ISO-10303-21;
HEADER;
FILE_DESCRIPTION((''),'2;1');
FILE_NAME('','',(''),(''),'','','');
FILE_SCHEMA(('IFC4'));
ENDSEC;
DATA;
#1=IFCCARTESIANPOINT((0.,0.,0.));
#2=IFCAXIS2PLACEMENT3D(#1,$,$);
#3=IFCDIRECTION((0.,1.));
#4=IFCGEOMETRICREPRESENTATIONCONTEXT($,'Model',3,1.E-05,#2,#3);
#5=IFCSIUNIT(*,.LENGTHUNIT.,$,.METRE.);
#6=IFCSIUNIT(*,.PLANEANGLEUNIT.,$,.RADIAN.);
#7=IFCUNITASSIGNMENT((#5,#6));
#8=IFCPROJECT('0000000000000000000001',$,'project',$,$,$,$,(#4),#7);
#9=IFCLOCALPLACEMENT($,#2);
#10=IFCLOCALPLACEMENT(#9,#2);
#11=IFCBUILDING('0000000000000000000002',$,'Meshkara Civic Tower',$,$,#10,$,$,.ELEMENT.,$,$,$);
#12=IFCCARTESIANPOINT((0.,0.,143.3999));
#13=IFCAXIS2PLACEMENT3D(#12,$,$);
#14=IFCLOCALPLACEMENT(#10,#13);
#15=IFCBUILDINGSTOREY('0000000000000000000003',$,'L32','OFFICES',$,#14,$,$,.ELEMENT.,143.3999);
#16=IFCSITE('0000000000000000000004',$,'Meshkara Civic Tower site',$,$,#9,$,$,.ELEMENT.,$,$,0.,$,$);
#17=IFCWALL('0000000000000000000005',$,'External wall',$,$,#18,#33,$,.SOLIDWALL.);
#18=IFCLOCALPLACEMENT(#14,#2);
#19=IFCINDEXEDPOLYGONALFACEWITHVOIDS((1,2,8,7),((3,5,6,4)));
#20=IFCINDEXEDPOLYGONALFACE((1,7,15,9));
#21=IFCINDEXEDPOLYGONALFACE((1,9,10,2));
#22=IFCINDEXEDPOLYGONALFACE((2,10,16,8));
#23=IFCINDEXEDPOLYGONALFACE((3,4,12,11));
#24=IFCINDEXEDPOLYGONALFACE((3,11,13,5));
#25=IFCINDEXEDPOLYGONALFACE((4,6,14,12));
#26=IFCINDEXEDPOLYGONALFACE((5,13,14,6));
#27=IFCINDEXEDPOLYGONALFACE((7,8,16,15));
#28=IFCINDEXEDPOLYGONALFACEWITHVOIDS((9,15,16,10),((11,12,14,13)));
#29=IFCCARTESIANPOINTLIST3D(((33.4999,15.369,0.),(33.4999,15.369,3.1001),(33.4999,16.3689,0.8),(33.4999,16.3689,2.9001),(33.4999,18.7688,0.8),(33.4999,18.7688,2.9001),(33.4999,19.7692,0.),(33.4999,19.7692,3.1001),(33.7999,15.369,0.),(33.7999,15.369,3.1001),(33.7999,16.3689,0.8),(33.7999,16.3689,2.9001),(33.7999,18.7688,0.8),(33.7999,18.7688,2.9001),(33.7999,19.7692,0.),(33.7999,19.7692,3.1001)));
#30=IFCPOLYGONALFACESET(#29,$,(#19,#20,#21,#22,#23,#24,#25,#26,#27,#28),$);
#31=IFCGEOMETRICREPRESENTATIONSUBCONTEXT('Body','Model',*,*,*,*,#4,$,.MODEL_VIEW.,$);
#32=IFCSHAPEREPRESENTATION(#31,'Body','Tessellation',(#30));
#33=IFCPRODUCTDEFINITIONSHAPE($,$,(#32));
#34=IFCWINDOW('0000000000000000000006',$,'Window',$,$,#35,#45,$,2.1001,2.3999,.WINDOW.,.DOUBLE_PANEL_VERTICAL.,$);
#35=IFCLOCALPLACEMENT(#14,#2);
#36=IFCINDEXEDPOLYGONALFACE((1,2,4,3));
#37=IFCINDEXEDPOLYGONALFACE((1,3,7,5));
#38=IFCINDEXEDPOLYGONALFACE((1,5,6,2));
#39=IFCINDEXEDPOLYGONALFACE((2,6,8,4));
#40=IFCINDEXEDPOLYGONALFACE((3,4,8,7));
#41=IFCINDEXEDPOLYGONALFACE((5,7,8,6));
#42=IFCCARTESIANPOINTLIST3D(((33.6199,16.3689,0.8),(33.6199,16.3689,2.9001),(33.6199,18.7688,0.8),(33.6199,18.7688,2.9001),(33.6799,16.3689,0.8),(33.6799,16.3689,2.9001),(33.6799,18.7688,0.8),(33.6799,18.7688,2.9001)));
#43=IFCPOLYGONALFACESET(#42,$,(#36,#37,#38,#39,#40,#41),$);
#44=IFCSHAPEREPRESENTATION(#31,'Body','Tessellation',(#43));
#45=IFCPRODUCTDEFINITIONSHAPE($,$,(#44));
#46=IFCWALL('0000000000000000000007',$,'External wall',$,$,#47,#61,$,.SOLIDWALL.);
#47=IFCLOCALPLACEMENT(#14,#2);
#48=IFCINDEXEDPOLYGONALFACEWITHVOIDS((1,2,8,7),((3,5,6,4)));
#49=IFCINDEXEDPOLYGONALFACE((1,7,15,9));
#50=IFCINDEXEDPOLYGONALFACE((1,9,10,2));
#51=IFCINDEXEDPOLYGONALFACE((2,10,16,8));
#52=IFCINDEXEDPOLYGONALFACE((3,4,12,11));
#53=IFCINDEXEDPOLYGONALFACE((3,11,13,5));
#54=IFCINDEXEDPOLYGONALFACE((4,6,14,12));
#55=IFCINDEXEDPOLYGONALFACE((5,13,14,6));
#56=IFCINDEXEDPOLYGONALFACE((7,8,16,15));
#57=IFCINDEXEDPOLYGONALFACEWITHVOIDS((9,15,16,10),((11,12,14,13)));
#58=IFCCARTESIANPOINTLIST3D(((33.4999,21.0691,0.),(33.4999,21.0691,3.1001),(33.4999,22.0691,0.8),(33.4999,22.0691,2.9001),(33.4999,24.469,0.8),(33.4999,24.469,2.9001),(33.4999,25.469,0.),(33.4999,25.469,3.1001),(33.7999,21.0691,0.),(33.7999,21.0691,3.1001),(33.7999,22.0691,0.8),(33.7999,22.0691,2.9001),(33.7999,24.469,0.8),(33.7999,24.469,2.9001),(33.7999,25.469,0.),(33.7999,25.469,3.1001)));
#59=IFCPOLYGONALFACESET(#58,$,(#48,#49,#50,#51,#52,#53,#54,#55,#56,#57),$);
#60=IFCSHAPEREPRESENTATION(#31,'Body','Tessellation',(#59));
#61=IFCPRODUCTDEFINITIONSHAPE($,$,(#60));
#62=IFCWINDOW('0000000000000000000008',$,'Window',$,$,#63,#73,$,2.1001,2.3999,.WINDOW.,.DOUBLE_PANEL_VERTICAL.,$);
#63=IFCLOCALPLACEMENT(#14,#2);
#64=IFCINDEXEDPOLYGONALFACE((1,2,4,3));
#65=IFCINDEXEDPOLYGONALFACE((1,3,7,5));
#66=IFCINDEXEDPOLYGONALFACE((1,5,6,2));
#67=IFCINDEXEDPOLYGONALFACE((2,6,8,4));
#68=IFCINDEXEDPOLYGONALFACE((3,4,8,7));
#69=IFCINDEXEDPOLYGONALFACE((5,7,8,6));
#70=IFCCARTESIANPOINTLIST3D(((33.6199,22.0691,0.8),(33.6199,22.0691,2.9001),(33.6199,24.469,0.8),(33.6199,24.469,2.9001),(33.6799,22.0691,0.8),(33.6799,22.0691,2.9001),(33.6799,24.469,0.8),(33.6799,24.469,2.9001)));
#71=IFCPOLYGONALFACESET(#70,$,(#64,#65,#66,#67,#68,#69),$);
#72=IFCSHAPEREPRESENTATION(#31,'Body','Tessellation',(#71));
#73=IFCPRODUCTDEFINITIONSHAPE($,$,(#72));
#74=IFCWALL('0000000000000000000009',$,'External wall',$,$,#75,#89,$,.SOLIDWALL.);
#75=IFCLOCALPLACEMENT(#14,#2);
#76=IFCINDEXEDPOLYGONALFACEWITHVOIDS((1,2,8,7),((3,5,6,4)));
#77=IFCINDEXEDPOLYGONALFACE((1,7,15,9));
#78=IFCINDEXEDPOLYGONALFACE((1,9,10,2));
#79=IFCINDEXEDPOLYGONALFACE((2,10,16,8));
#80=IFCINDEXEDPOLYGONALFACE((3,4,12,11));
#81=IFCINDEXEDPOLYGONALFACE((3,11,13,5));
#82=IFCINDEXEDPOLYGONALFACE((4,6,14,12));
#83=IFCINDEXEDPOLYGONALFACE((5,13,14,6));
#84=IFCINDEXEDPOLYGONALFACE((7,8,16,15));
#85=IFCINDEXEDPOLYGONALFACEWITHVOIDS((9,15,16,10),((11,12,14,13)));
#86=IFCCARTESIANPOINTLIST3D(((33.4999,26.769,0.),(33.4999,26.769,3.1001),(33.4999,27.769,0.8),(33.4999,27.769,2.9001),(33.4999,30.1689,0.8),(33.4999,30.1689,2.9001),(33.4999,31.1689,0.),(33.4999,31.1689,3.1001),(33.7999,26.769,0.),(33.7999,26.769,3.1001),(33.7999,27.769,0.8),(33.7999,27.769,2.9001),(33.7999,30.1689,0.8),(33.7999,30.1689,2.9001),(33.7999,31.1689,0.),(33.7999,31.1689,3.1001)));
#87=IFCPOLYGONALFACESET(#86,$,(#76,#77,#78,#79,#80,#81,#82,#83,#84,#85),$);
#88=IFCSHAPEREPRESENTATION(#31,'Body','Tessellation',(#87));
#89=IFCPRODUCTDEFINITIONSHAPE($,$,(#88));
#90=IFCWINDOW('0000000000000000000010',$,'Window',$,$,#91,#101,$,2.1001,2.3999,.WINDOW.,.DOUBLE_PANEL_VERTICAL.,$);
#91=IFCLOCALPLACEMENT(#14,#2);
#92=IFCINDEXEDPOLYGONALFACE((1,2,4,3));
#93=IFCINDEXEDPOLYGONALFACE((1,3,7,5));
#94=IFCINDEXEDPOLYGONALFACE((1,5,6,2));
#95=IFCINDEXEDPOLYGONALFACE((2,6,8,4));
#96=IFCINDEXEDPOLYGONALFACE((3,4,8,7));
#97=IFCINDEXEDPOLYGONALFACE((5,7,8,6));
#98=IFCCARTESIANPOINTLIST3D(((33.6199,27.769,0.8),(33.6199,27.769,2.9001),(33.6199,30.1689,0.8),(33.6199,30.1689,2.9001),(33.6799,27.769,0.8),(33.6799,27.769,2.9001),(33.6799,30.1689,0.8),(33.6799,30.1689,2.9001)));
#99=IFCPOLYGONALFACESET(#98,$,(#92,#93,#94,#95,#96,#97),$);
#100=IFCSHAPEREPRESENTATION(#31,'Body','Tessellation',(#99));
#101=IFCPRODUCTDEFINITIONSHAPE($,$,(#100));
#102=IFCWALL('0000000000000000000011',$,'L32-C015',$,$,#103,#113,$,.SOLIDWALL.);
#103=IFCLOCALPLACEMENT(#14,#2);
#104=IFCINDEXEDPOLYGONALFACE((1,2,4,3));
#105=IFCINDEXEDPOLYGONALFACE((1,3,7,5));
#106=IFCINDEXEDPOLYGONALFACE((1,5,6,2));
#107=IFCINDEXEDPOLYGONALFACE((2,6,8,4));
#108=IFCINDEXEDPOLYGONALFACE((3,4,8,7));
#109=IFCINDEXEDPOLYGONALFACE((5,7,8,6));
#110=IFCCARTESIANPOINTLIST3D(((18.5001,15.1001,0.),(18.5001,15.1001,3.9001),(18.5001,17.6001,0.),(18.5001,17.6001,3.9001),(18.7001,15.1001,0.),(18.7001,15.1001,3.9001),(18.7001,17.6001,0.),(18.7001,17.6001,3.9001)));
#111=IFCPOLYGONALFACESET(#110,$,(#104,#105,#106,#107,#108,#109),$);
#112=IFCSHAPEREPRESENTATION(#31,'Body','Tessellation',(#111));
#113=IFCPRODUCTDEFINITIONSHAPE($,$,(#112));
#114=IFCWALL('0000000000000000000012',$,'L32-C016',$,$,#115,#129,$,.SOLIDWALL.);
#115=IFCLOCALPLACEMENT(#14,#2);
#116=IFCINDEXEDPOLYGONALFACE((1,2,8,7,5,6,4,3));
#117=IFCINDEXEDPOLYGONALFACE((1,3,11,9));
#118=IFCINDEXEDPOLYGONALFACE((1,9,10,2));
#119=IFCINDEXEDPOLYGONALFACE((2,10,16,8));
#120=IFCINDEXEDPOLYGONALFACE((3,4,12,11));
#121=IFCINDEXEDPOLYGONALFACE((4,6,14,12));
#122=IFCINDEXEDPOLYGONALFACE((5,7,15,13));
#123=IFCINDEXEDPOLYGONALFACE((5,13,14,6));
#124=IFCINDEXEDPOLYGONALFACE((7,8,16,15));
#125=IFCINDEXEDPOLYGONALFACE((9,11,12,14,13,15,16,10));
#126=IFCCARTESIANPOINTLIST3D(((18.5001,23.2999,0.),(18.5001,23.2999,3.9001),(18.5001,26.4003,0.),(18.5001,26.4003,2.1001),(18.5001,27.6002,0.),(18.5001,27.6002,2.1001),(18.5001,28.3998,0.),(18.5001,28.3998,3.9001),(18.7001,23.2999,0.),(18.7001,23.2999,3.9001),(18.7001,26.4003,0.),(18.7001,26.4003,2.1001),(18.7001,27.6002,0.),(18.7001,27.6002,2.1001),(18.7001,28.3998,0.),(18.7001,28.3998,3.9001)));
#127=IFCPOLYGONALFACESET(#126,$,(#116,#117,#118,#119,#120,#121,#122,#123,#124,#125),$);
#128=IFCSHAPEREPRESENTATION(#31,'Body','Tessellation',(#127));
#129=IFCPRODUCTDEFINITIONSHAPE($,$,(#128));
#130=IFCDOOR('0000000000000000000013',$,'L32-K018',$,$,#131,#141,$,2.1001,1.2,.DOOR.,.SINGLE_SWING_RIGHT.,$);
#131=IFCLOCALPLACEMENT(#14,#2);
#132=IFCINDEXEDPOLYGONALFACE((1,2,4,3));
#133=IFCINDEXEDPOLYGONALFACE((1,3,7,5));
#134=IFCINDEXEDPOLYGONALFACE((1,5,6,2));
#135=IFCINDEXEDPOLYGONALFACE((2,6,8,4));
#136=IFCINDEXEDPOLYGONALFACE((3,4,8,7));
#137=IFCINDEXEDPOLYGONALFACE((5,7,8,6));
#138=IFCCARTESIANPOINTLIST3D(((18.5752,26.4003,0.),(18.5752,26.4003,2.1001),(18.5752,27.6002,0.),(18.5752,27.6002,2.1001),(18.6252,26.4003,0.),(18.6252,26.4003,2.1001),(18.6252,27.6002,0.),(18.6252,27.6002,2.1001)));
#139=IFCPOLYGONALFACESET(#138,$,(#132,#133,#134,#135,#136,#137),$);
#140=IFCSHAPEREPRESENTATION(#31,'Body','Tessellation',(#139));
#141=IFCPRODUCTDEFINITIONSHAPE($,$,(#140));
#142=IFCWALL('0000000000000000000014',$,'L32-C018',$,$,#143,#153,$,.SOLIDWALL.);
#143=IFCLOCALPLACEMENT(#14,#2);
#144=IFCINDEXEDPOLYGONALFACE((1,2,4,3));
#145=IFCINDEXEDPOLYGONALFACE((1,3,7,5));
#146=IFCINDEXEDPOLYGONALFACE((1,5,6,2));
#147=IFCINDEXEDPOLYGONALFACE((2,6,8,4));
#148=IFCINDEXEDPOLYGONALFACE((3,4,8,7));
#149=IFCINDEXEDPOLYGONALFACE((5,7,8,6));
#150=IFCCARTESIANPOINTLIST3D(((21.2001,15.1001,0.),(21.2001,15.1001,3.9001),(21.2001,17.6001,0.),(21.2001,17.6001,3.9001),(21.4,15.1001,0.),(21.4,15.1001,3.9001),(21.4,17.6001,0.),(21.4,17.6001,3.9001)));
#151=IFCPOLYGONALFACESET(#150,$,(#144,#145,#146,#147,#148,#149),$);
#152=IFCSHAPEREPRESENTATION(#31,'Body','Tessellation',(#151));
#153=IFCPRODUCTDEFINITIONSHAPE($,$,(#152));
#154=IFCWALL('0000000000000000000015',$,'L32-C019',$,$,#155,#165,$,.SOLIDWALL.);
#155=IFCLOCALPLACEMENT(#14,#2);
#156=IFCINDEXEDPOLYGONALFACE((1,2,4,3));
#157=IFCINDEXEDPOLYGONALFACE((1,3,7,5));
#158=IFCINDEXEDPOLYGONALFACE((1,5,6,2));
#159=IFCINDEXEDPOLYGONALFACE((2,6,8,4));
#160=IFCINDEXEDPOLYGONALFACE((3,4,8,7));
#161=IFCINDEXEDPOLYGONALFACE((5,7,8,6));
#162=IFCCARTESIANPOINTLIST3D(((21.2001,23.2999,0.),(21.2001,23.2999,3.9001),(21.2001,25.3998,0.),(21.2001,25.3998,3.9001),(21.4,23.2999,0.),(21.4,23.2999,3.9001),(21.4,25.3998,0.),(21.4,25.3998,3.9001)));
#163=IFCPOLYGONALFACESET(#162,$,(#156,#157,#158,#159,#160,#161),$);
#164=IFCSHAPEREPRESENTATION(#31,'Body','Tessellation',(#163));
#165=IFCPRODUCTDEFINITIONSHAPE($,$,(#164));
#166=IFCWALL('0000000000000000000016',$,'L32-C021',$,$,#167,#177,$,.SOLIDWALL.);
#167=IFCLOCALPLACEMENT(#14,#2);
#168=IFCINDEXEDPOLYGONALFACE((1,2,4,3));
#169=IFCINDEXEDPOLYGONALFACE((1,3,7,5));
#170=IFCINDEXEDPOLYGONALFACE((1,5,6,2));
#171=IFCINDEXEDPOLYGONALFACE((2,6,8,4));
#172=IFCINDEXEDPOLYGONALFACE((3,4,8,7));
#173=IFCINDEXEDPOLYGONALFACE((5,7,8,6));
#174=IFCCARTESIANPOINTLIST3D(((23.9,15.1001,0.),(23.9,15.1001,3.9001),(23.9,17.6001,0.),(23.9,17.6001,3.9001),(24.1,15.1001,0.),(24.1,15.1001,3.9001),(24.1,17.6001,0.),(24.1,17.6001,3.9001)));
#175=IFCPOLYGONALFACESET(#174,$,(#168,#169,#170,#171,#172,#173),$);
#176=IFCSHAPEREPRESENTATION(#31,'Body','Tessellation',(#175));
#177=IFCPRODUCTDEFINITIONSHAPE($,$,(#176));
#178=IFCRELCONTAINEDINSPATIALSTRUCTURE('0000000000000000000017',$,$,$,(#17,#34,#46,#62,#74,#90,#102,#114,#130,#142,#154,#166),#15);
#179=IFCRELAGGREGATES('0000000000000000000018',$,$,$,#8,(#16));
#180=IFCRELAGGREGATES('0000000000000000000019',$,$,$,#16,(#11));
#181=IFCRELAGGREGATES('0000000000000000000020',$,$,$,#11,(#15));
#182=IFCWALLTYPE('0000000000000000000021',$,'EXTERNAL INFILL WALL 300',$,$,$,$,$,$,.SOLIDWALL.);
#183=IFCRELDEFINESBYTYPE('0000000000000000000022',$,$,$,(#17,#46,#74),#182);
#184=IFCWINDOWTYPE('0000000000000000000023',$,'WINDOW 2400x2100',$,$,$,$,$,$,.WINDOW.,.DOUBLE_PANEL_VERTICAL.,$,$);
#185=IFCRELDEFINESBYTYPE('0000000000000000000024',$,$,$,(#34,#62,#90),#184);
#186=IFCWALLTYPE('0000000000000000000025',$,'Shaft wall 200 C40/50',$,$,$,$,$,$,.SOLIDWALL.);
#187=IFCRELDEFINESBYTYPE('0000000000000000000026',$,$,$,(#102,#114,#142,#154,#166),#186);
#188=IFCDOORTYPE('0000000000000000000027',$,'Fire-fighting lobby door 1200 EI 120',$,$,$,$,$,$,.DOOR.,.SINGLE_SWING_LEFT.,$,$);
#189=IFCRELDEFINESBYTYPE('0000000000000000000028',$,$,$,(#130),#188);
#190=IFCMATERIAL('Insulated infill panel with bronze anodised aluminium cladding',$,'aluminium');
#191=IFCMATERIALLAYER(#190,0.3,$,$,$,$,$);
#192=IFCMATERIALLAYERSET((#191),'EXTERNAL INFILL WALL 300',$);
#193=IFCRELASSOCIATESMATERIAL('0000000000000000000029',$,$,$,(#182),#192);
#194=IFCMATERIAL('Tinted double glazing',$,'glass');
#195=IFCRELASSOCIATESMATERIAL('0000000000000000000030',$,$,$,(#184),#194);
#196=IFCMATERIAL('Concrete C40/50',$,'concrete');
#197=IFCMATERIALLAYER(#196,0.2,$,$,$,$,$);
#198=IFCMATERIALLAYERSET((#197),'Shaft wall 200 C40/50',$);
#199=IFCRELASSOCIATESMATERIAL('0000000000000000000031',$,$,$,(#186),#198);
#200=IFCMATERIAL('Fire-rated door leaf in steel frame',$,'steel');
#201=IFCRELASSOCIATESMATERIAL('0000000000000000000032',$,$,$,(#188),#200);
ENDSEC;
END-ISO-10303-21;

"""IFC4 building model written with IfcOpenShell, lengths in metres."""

from ifc_helpers import new_model, si_unit, direction, frame, frame_2d, origin, place, context, subcontext, project, spatial, rectangle, extrude, material, layer, layer_set, type_object, element, fill, save


model = new_model("IFC4")

# Units and contexts
model_context = context("Model", 3, precision=1e-05, world=origin(), true_north=direction((0.0, 1.0)))
body_context = subcontext(model_context, "Body", "Model", "MODEL_VIEW")
ifc_project = project(units=[si_unit("LENGTHUNIT", "METRE"), si_unit("PLANEANGLEUNIT", "RADIAN")], contexts=[model_context])

# Site, building, storey
site_placement = place(None, origin())
site = spatial("IfcSite", under=ifc_project, at=site_placement, Name="Meshkara Civic Tower site", CompositionType="ELEMENT", RefElevation=0.0)
building_placement = place(site_placement, origin())
building = spatial("IfcBuilding", under=site, at=building_placement, Name="Meshkara Civic Tower", CompositionType="ELEMENT")
storey_placement = place(building_placement, frame((0.0, 0.0, 143.3999)))
storey = spatial("IfcBuildingStorey", under=building, at=storey_placement, Name="L32", Description="OFFICES", CompositionType="ELEMENT", Elevation=143.3999)

# Walls, openings, windows
ifc_material_1 = material(Name="Insulated infill panel with bronze anodised aluminium cladding", Category="aluminium")
ifc_layer_1 = layer(ifc_material_1, 0.3)
ifc_layer_set_1 = layer_set([ifc_layer_1], Name="EXTERNAL INFILL WALL 300")
wall_type_1 = type_object("IfcWallType", Name="EXTERNAL INFILL WALL 300", PredefinedType="SOLIDWALL", material=ifc_layer_set_1)
ifc_material_2 = material(Name="Tinted double glazing", Category="glass")
window_type = type_object("IfcWindowType", Name="WINDOW 2400x2100", PartitioningType="DOUBLE_PANEL_VERTICAL", PredefinedType="WINDOW", material=ifc_material_2)
wall_1_placement = place(storey_placement, frame((33.6499, 15.3689, 0.0), z_axis=(0.0, 0.0, 1.0), x_axis=(0.0, 1.0, 0.0)))
wall_1 = element("IfcWall", 1, at=wall_1_placement, inside=storey, type_object=wall_type_1, Name="External wall", PredefinedType="SOLIDWALL", context=body_context, shape_type="SweptSolid", body=[
    extrude(rectangle(XDim=4.4001, YDim=0.3, at=frame_2d((2.2002, 0.0))), origin(), (0.0, 0.0, 1.0), 3.1001),
])
opening_1_placement = place(wall_1_placement, frame((1.0, 0.0, 0.8)))
opening_1 = element("IfcOpeningElement", 2, at=opening_1_placement, cuts=wall_1, PredefinedType="OPENING", context=body_context, shape_type="SweptSolid", body=[
    extrude(rectangle(XDim=2.3999, YDim=2.1001, at=frame_2d((1.2, 1.05))), frame((0.0, 0.1599, 0.0), z_axis=(0.0, -1.0, 0.0), x_axis=(1.0, 0.0, 0.0)), (0.0, 0.0, 1.0), 0.3201),
])
window_1_placement = place(opening_1_placement, origin())
window_1 = element("IfcWindow", 3, at=window_1_placement, inside=storey, type_object=window_type, Name="Window", OverallHeight=2.1001, OverallWidth=2.3999, PartitioningType="DOUBLE_PANEL_VERTICAL", PredefinedType="WINDOW", context=body_context, shape_type="SweptSolid", body=[
    extrude(rectangle(XDim=2.3999, YDim=2.1001, at=frame_2d((1.2, 1.05))), frame((0.0, 0.03, 0.0), z_axis=(0.0, -1.0, 0.0), x_axis=(1.0, 0.0, 0.0)), (0.0, 0.0, 1.0), 0.0601),
])
fill(opening_1, window_1)
wall_2_placement = place(storey_placement, frame((33.6499, 21.0691, 0.0), z_axis=(0.0, 0.0, 1.0), x_axis=(0.0, 1.0, 0.0)))
wall_2 = element("IfcWall", 4, at=wall_2_placement, inside=storey, type_object=wall_type_1, Name="External wall", PredefinedType="SOLIDWALL", context=body_context, shape_type="SweptSolid", body=[
    extrude(rectangle(XDim=4.3999, YDim=0.3, at=frame_2d((2.2, 0.0))), origin(), (0.0, 0.0, 1.0), 3.1001),
])
opening_2_placement = place(wall_2_placement, frame((1.0, 0.0, 0.8)))
opening_2 = element("IfcOpeningElement", 5, at=opening_2_placement, cuts=wall_2, PredefinedType="OPENING", context=body_context, shape_type="SweptSolid", body=[
    extrude(rectangle(XDim=2.3999, YDim=2.1001, at=frame_2d((1.2, 1.05))), frame((0.0, 0.1599, 0.0), z_axis=(0.0, -1.0, 0.0), x_axis=(1.0, 0.0, 0.0)), (0.0, 0.0, 1.0), 0.3201),
])
window_2_placement = place(opening_2_placement, origin())
window_2 = element("IfcWindow", 6, at=window_2_placement, inside=storey, type_object=window_type, Name="Window", OverallHeight=2.1001, OverallWidth=2.3999, PartitioningType="DOUBLE_PANEL_VERTICAL", PredefinedType="WINDOW", context=body_context, shape_type="SweptSolid", body=[
    extrude(rectangle(XDim=2.3999, YDim=2.1001, at=frame_2d((1.2, 1.05))), frame((0.0, 0.03, 0.0), z_axis=(0.0, -1.0, 0.0), x_axis=(1.0, 0.0, 0.0)), (0.0, 0.0, 1.0), 0.0601),
])
fill(opening_2, window_2)
wall_3_placement = place(storey_placement, frame((33.6499, 26.769, 0.0), z_axis=(0.0, 0.0, 1.0), x_axis=(0.0, 1.0, 0.0)))
wall_3 = element("IfcWall", 7, at=wall_3_placement, inside=storey, type_object=wall_type_1, Name="External wall", PredefinedType="SOLIDWALL", context=body_context, shape_type="SweptSolid", body=[
    extrude(rectangle(XDim=4.3999, YDim=0.3, at=frame_2d((2.2, 0.0))), origin(), (0.0, 0.0, 1.0), 3.1001),
])
opening_3_placement = place(wall_3_placement, frame((1.0, 0.0, 0.8)))
opening_3 = element("IfcOpeningElement", 8, at=opening_3_placement, cuts=wall_3, PredefinedType="OPENING", context=body_context, shape_type="SweptSolid", body=[
    extrude(rectangle(XDim=2.3999, YDim=2.1001, at=frame_2d((1.2, 1.05))), frame((0.0, 0.1599, 0.0), z_axis=(0.0, -1.0, 0.0), x_axis=(1.0, 0.0, 0.0)), (0.0, 0.0, 1.0), 0.3201),
])
window_3_placement = place(opening_3_placement, origin())
window_3 = element("IfcWindow", 9, at=window_3_placement, inside=storey, type_object=window_type, Name="Window", OverallHeight=2.1001, OverallWidth=2.3999, PartitioningType="DOUBLE_PANEL_VERTICAL", PredefinedType="WINDOW", context=body_context, shape_type="SweptSolid", body=[
    extrude(rectangle(XDim=2.3999, YDim=2.1001, at=frame_2d((1.2, 1.05))), frame((0.0, 0.03, 0.0), z_axis=(0.0, -1.0, 0.0), x_axis=(1.0, 0.0, 0.0)), (0.0, 0.0, 1.0), 0.0601),
])
fill(opening_3, window_3)

# Wall
ifc_material_3 = material(Name="Concrete C40/50", Category="concrete")
ifc_layer_2 = layer(ifc_material_3, 0.2)
ifc_layer_set_2 = layer_set([ifc_layer_2], Name="Shaft wall 200 C40/50")
wall_type_2 = type_object("IfcWallType", Name="Shaft wall 200 C40/50", PredefinedType="SOLIDWALL", material=ifc_layer_set_2)
wall_4_placement = place(storey_placement, frame((18.6001, 15.1001, 0.0), z_axis=(0.0, 0.0, 1.0), x_axis=(0.0, 1.0, 0.0)))
element("IfcWall", 10, at=wall_4_placement, inside=storey, type_object=wall_type_2, Name="L32-C015", PredefinedType="SOLIDWALL", context=body_context, shape_type="SweptSolid", body=[
    extrude(rectangle(XDim=2.5, YDim=0.2, at=frame_2d((1.25, 0.0))), origin(), (0.0, 0.0, 1.0), 3.9001),
])

# Wall, opening, door
wall_5_placement = place(storey_placement, frame((18.6001, 23.3, 0.0), z_axis=(0.0, 0.0, 1.0), x_axis=(0.0, 1.0, 0.0)))
wall_5 = element("IfcWall", 11, at=wall_5_placement, inside=storey, type_object=wall_type_2, Name="L32-C016", PredefinedType="SOLIDWALL", context=body_context, shape_type="SweptSolid", body=[
    extrude(rectangle(XDim=5.0999, YDim=0.2, at=frame_2d((2.5498, 0.0))), origin(), (0.0, 0.0, 1.0), 3.9001),
])
opening_4_placement = place(wall_5_placement, frame((3.1001, 0.0, 0.0)))
opening_4 = element("IfcOpeningElement", 12, at=opening_4_placement, cuts=wall_5, PredefinedType="OPENING", context=body_context, shape_type="SweptSolid", body=[
    extrude(rectangle(XDim=1.2, YDim=2.1001, at=frame_2d((0.6001, 1.05))), frame((0.0, 0.1099, 0.0), z_axis=(0.0, -1.0, 0.0), x_axis=(1.0, 0.0, 0.0)), (0.0, 0.0, 1.0), 0.22),
])
ifc_material_4 = material(Name="Fire-rated door leaf in steel frame", Category="steel")
door_type_1 = type_object("IfcDoorType", Name="Fire-fighting lobby door 1200 EI 120", OperationType="SINGLE_SWING_LEFT", PredefinedType="DOOR", material=ifc_material_4)
door_1_placement = place(opening_4_placement, origin())
door_1 = element("IfcDoor", 13, at=door_1_placement, inside=storey, type_object=door_type_1, Name="L32-K018", OperationType="SINGLE_SWING_RIGHT", OverallHeight=2.1001, OverallWidth=1.2, PredefinedType="DOOR", context=body_context, shape_type="SweptSolid", body=[
    extrude(rectangle(XDim=1.2, YDim=2.1001, at=frame_2d((0.6001, 1.05))), frame((0.0, 0.0249, 0.0), z_axis=(0.0, -1.0, 0.0), x_axis=(1.0, 0.0, 0.0)), (0.0, 0.0, 1.0), 0.05),
])
fill(opening_4, door_1)

# Walls
wall_6_placement = place(storey_placement, frame((21.3, 15.1001, 0.0), z_axis=(0.0, 0.0, 1.0), x_axis=(0.0, 1.0, 0.0)))
element("IfcWall", 14, at=wall_6_placement, inside=storey, type_object=wall_type_2, Name="L32-C018", PredefinedType="SOLIDWALL", context=body_context, shape_type="SweptSolid", body=[
    extrude(rectangle(XDim=2.5, YDim=0.2, at=frame_2d((1.25, 0.0))), origin(), (0.0, 0.0, 1.0), 3.9001),
])
wall_7_placement = place(storey_placement, frame((21.3, 23.3, 0.0), z_axis=(0.0, 0.0, 1.0), x_axis=(0.0, 1.0, 0.0)))
element("IfcWall", 15, at=wall_7_placement, inside=storey, type_object=wall_type_2, Name="L32-C019", PredefinedType="SOLIDWALL", context=body_context, shape_type="SweptSolid", body=[
    extrude(rectangle(XDim=2.0999, YDim=0.2, at=frame_2d((1.0498, 0.0))), origin(), (0.0, 0.0, 1.0), 3.9001),
])
wall_8_placement = place(storey_placement, frame((24.0, 15.1001, 0.0), z_axis=(0.0, 0.0, 1.0), x_axis=(0.0, 1.0, 0.0)))
element("IfcWall", 16, at=wall_8_placement, inside=storey, type_object=wall_type_2, Name="L32-C021", PredefinedType="SOLIDWALL", context=body_context, shape_type="SweptSolid", body=[
    extrude(rectangle(XDim=2.5, YDim=0.2, at=frame_2d((1.25, 0.0))), origin(), (0.0, 0.0, 1.0), 3.9001),
])

save(model, "model.ifc")
